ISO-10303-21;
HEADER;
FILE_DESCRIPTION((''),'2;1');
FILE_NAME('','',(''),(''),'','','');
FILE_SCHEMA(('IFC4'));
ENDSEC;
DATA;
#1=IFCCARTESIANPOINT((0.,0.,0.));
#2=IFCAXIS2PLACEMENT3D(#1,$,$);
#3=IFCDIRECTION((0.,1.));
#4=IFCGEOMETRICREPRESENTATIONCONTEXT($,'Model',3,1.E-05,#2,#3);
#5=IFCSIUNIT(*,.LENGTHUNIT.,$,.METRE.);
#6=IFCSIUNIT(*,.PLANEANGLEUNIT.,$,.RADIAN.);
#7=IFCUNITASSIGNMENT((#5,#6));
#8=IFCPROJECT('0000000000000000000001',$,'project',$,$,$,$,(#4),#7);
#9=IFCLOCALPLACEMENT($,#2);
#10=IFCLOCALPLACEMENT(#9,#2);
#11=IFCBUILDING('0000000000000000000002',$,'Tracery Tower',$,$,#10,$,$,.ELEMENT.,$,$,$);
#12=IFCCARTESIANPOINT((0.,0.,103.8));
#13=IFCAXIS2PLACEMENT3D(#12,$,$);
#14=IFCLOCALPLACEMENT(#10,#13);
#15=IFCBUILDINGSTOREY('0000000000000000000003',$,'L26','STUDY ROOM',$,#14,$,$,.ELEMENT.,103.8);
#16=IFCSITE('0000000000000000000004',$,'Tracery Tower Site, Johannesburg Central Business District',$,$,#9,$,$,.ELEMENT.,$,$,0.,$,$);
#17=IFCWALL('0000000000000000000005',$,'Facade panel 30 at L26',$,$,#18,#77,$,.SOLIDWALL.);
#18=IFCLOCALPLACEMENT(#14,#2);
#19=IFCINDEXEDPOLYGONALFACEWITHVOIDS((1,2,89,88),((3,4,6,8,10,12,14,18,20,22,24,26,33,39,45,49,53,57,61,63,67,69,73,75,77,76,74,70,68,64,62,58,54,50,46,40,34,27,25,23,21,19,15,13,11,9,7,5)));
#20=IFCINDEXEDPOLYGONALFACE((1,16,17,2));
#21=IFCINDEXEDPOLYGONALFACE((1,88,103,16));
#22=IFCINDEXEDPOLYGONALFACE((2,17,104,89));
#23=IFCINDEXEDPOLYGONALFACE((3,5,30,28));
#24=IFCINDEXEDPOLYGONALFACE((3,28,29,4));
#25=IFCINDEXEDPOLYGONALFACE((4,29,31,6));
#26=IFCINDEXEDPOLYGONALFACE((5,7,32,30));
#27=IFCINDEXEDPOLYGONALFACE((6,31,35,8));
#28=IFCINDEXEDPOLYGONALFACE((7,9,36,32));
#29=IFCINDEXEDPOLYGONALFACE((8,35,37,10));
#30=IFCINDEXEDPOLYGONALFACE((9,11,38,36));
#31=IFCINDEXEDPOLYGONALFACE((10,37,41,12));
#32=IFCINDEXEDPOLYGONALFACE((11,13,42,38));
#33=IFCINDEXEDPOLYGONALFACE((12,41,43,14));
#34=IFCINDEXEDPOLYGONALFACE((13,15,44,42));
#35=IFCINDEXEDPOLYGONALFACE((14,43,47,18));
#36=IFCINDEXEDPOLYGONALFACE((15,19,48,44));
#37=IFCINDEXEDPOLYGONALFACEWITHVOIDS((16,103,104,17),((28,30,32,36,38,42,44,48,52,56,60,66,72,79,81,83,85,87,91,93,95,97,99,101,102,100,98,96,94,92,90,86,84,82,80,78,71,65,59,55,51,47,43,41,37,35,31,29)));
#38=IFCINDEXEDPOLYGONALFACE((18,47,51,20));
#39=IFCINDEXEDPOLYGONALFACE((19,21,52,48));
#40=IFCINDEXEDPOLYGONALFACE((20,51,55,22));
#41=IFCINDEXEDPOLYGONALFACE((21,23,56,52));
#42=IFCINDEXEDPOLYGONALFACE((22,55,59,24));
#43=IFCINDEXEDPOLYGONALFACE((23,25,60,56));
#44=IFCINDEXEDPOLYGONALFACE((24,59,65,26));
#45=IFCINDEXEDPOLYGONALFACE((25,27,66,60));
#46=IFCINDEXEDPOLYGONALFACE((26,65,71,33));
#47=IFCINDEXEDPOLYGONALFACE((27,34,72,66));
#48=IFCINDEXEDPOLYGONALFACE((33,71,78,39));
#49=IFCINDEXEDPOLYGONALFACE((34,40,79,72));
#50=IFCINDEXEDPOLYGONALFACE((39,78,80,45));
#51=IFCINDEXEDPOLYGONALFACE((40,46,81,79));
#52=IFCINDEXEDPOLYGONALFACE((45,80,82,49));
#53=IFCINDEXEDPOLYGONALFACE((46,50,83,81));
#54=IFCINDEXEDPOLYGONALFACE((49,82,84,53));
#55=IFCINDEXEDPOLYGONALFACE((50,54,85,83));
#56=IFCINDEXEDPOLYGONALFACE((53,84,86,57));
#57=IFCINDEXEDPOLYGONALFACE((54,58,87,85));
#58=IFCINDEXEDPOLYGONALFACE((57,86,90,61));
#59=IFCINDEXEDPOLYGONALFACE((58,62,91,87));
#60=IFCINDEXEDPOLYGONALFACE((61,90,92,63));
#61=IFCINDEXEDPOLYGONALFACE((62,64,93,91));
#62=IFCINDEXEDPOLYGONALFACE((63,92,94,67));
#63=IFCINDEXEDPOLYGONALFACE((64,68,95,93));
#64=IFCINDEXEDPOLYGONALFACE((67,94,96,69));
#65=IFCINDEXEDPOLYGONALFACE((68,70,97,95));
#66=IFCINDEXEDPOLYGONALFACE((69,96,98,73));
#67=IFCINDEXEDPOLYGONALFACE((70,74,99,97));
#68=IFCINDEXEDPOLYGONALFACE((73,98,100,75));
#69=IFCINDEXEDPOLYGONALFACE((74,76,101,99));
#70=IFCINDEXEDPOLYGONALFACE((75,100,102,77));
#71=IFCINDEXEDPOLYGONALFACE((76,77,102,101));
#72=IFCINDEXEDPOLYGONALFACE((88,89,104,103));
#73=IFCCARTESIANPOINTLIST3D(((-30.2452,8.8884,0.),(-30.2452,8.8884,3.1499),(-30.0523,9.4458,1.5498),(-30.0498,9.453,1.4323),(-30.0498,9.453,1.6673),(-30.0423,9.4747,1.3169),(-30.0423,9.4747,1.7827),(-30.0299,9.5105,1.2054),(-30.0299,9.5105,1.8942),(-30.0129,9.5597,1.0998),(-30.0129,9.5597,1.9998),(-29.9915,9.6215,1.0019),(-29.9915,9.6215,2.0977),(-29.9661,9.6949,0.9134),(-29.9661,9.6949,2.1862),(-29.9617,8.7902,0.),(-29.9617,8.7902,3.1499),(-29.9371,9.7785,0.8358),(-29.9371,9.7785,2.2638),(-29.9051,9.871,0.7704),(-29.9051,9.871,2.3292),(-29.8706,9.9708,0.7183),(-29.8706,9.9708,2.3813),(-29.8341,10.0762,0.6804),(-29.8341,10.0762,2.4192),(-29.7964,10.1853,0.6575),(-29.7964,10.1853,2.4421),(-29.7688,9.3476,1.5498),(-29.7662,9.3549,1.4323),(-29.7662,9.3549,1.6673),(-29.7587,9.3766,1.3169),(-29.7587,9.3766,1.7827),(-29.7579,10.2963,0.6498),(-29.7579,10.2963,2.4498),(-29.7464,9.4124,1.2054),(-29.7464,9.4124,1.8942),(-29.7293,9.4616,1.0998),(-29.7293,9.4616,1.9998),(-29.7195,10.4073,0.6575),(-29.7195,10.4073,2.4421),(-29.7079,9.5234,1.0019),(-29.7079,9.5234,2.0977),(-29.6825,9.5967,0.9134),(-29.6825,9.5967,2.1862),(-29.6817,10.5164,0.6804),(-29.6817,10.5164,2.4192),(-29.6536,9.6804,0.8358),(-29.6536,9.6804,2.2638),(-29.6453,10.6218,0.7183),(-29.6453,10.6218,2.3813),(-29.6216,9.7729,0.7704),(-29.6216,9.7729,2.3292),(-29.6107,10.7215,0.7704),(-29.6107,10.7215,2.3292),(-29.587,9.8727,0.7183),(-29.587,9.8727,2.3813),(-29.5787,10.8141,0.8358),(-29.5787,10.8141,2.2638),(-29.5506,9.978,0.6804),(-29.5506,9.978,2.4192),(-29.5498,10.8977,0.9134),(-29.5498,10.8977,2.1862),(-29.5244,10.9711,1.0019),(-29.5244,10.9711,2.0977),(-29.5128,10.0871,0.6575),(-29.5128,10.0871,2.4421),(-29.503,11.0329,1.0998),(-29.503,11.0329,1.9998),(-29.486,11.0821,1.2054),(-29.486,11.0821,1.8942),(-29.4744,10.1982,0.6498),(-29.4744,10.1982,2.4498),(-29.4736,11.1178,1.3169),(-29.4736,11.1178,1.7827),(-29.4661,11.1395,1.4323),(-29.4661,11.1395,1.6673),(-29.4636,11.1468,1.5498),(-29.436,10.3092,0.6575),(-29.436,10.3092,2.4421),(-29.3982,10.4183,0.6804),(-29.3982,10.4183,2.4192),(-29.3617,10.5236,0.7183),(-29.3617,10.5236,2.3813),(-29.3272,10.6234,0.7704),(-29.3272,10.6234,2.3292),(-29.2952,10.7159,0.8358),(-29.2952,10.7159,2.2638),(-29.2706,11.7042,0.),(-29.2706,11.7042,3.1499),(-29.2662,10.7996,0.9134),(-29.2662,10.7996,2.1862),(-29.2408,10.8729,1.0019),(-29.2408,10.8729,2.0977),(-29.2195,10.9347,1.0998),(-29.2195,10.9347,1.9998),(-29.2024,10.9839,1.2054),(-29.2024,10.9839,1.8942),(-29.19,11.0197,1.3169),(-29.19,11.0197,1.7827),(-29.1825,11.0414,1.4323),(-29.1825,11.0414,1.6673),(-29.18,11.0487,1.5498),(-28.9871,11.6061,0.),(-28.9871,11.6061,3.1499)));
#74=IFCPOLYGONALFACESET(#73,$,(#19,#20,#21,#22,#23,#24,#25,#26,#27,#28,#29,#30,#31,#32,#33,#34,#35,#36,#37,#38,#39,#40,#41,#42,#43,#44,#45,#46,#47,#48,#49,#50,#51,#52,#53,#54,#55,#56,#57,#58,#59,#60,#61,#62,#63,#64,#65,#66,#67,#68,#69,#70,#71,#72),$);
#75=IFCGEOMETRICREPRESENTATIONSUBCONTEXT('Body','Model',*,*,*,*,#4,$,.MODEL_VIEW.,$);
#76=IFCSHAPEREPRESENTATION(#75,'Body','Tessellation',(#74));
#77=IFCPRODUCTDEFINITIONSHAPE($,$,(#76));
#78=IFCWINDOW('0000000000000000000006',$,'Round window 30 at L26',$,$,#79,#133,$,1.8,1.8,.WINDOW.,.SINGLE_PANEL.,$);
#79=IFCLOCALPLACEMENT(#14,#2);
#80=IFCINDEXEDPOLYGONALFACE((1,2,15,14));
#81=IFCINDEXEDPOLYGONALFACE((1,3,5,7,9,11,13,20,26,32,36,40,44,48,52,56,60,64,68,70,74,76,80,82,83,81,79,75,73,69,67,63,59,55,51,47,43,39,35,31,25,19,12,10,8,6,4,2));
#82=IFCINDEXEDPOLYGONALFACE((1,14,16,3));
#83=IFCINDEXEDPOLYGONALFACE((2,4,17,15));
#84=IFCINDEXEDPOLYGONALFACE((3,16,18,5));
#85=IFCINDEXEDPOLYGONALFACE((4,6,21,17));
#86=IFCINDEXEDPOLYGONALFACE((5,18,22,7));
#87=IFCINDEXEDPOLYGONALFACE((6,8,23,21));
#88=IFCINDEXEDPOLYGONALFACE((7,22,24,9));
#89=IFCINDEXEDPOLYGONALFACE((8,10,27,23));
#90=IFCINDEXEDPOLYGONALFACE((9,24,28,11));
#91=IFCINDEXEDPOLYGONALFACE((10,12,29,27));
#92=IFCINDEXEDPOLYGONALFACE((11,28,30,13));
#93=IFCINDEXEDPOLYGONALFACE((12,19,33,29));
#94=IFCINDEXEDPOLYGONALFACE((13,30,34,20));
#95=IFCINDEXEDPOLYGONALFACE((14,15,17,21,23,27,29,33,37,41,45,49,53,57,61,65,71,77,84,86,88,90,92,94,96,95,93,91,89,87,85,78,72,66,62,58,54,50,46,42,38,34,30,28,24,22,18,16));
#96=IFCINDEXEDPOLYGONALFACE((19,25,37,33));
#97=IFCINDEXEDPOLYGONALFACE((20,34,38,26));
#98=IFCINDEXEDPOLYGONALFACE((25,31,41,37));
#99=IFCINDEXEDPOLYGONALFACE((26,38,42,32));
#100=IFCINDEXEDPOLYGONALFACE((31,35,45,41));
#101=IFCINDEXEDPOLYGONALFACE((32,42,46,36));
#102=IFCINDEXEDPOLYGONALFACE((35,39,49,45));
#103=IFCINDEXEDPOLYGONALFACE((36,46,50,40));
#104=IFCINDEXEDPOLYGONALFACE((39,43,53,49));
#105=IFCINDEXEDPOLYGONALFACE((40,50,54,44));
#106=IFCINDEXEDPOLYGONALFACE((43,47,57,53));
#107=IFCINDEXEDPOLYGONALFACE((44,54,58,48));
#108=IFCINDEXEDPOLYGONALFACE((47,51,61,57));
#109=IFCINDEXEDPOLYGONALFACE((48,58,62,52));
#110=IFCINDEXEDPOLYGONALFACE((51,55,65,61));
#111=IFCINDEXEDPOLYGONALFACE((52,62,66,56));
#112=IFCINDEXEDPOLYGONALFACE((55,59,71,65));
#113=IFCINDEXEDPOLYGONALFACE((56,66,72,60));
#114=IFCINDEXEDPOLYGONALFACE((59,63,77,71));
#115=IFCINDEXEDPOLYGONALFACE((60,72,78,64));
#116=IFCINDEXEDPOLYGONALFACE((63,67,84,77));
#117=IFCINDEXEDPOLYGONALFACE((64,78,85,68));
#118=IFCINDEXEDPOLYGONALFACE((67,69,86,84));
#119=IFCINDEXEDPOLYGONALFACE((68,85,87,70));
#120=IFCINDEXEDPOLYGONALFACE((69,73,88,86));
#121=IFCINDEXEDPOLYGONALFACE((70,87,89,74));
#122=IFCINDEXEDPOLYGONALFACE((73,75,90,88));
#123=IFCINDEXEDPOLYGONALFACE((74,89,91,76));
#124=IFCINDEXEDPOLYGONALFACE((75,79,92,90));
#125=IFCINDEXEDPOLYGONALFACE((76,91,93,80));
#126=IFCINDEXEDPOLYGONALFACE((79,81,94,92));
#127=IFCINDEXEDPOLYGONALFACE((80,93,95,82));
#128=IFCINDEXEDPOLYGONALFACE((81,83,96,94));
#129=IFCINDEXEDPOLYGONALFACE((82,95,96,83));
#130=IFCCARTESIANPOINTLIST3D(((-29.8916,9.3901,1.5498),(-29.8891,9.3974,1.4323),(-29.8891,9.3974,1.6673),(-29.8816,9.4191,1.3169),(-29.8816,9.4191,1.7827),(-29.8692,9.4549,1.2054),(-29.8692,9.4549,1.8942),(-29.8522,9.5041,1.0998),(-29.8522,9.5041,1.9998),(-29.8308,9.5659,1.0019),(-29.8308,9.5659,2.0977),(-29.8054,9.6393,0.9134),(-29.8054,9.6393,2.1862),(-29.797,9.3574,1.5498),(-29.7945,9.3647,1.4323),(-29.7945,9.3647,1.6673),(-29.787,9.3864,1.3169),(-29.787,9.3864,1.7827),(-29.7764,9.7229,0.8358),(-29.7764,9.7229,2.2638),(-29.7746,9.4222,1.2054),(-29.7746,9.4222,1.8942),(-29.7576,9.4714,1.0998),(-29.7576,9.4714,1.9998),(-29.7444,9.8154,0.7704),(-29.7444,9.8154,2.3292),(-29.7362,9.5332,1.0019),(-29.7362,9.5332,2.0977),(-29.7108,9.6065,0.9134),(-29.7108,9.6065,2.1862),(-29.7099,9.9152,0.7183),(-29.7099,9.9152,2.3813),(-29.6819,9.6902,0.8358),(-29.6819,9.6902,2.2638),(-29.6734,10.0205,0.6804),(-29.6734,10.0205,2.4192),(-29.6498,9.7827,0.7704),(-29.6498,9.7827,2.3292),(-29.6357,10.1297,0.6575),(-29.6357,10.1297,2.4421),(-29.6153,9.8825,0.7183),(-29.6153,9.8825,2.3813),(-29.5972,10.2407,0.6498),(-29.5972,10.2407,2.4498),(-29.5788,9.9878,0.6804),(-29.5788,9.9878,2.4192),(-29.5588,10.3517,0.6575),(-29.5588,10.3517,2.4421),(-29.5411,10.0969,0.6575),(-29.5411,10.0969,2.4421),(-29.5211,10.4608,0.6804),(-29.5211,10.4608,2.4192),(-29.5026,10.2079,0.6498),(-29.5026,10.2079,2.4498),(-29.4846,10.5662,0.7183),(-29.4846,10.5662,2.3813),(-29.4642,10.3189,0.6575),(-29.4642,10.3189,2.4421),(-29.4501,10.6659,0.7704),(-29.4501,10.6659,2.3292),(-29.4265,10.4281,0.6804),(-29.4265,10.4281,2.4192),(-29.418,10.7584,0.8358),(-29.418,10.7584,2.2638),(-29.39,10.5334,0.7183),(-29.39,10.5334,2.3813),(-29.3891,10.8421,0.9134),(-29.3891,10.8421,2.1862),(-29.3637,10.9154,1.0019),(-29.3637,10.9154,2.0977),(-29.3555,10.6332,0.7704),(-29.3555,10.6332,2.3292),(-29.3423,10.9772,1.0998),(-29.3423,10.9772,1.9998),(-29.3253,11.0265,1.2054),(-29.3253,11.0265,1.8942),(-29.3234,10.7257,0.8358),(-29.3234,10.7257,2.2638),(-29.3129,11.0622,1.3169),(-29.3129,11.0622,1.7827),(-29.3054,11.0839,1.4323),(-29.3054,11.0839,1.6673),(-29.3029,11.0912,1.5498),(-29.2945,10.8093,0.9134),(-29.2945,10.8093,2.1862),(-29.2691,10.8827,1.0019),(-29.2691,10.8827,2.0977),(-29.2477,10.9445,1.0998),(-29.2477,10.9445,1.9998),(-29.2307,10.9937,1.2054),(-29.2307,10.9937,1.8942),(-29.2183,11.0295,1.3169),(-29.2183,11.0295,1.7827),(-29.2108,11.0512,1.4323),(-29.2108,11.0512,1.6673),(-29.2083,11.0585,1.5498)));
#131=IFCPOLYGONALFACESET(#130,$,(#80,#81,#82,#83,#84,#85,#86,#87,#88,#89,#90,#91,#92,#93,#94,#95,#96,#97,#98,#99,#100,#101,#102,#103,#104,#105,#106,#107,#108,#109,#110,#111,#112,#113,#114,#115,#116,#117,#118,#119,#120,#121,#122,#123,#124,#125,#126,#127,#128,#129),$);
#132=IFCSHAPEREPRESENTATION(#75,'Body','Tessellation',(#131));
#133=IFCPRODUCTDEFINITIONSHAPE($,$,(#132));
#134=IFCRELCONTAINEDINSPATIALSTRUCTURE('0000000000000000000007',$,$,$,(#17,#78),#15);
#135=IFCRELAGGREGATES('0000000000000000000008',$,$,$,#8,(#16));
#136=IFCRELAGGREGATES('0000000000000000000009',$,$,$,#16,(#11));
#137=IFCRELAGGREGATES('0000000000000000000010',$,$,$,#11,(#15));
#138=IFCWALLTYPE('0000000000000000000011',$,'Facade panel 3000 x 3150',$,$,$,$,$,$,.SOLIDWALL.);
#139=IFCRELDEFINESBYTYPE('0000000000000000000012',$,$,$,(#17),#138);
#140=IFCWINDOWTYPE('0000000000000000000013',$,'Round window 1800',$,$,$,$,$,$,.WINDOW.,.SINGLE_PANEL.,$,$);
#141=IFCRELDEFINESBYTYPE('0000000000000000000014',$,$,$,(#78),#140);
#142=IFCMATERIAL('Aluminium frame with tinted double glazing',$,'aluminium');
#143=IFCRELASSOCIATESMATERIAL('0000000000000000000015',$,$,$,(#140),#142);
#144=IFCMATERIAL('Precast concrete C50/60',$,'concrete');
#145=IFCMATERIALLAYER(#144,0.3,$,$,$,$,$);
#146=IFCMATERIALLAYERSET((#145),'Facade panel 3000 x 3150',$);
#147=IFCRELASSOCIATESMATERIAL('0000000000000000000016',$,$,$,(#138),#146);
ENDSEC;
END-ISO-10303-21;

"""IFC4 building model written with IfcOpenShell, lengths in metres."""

from ifc_helpers import new_model, si_unit, direction, frame, frame_2d, origin, origin_2d, place, context, subcontext, project, spatial, rectangle, circle, extrude, material, layer, layer_set, type_object, element, fill, save


model = new_model("IFC4")

# Units and contexts
model_context = context("Model", 3, precision=1e-05, world=origin(), true_north=direction((0.0, 1.0)))
body_context = subcontext(model_context, "Body", "Model", "MODEL_VIEW")
ifc_project = project(units=[si_unit("LENGTHUNIT", "METRE"), si_unit("PLANEANGLEUNIT", "RADIAN")], contexts=[model_context])

# Site, building, storey
site_placement = place(None, origin())
site = spatial("IfcSite", under=ifc_project, at=site_placement, Name="Tracery Tower Site, Johannesburg Central Business District", CompositionType="ELEMENT", RefElevation=0.0)
building_placement = place(site_placement, origin())
building = spatial("IfcBuilding", under=site, at=building_placement, Name="Tracery Tower", CompositionType="ELEMENT")
storey_placement = place(building_placement, frame((0.0, 0.0, 103.8)))
storey = spatial("IfcBuildingStorey", under=building, at=storey_placement, Name="L26", Description="STUDY ROOM", CompositionType="ELEMENT", Elevation=103.8)

# Wall, opening, window
ifc_material_1 = material(Name="Aluminium frame with tinted double glazing", Category="aluminium")
window_type = type_object("IfcWindowType", Name="Round window 1800", PartitioningType="SINGLE_PANEL", PredefinedType="WINDOW", material=ifc_material_1)
ifc_material_2 = material(Name="Precast concrete C50/60", Category="concrete")
ifc_layer_1 = layer(ifc_material_2, 0.3)
ifc_layer_set_1 = layer_set([ifc_layer_1], Name="Facade panel 3000 x 3150")
wall_type_1 = type_object("IfcWallType", Name="Facade panel 3000 x 3150", PredefinedType="SOLIDWALL", material=ifc_layer_set_1)
wall_1_placement = place(storey_placement, frame((-29.1289, 11.655, 0.0), z_axis=(0.0, 0.0, 1.0), x_axis=(-0.327071, -0.945, 0.0)))
wall_1 = element("IfcWall", 1, at=wall_1_placement, inside=storey, type_object=wall_type_1, Name="Facade panel 30 at L26", PredefinedType="SOLIDWALL", context=body_context, shape_type="SweptSolid", body=[
    extrude(rectangle(XDim=2.9797, YDim=0.3, at=frame_2d((1.4897, 0.0))), origin(), (0.0, 0.0, 1.0), 3.1499),
])
opening_1_placement = place(wall_1_placement, frame((1.4897, 0.0, 1.5498)))
opening_1 = element("IfcOpeningElement", 2, at=opening_1_placement, cuts=wall_1, PredefinedType="OPENING", context=body_context, shape_type="SweptSolid", body=[
    extrude(circle(Radius=0.9, at=origin_2d()), frame((0.0, 0.1599, 0.0), z_axis=(0.0, -1.0, 0.0), x_axis=(1.0, 0.0, 0.0)), (0.0, 0.0, 1.0), 0.3201),
])
window_1_placement = place(opening_1_placement, origin())
window_1 = element("IfcWindow", 3, at=window_1_placement, inside=storey, type_object=window_type, Name="Round window 30 at L26", OverallHeight=1.8, OverallWidth=1.8, PartitioningType="SINGLE_PANEL", PredefinedType="WINDOW", context=body_context, shape_type="SweptSolid", body=[
    extrude(circle(Radius=0.9, at=origin_2d()), frame((0.0, 0.1201, 0.0), z_axis=(0.0, -1.0, 0.0), x_axis=(1.0, 0.0, 0.0)), (0.0, 0.0, 1.0), 0.1001),
])
fill(opening_1, window_1)

save(model, "model.ifc")
